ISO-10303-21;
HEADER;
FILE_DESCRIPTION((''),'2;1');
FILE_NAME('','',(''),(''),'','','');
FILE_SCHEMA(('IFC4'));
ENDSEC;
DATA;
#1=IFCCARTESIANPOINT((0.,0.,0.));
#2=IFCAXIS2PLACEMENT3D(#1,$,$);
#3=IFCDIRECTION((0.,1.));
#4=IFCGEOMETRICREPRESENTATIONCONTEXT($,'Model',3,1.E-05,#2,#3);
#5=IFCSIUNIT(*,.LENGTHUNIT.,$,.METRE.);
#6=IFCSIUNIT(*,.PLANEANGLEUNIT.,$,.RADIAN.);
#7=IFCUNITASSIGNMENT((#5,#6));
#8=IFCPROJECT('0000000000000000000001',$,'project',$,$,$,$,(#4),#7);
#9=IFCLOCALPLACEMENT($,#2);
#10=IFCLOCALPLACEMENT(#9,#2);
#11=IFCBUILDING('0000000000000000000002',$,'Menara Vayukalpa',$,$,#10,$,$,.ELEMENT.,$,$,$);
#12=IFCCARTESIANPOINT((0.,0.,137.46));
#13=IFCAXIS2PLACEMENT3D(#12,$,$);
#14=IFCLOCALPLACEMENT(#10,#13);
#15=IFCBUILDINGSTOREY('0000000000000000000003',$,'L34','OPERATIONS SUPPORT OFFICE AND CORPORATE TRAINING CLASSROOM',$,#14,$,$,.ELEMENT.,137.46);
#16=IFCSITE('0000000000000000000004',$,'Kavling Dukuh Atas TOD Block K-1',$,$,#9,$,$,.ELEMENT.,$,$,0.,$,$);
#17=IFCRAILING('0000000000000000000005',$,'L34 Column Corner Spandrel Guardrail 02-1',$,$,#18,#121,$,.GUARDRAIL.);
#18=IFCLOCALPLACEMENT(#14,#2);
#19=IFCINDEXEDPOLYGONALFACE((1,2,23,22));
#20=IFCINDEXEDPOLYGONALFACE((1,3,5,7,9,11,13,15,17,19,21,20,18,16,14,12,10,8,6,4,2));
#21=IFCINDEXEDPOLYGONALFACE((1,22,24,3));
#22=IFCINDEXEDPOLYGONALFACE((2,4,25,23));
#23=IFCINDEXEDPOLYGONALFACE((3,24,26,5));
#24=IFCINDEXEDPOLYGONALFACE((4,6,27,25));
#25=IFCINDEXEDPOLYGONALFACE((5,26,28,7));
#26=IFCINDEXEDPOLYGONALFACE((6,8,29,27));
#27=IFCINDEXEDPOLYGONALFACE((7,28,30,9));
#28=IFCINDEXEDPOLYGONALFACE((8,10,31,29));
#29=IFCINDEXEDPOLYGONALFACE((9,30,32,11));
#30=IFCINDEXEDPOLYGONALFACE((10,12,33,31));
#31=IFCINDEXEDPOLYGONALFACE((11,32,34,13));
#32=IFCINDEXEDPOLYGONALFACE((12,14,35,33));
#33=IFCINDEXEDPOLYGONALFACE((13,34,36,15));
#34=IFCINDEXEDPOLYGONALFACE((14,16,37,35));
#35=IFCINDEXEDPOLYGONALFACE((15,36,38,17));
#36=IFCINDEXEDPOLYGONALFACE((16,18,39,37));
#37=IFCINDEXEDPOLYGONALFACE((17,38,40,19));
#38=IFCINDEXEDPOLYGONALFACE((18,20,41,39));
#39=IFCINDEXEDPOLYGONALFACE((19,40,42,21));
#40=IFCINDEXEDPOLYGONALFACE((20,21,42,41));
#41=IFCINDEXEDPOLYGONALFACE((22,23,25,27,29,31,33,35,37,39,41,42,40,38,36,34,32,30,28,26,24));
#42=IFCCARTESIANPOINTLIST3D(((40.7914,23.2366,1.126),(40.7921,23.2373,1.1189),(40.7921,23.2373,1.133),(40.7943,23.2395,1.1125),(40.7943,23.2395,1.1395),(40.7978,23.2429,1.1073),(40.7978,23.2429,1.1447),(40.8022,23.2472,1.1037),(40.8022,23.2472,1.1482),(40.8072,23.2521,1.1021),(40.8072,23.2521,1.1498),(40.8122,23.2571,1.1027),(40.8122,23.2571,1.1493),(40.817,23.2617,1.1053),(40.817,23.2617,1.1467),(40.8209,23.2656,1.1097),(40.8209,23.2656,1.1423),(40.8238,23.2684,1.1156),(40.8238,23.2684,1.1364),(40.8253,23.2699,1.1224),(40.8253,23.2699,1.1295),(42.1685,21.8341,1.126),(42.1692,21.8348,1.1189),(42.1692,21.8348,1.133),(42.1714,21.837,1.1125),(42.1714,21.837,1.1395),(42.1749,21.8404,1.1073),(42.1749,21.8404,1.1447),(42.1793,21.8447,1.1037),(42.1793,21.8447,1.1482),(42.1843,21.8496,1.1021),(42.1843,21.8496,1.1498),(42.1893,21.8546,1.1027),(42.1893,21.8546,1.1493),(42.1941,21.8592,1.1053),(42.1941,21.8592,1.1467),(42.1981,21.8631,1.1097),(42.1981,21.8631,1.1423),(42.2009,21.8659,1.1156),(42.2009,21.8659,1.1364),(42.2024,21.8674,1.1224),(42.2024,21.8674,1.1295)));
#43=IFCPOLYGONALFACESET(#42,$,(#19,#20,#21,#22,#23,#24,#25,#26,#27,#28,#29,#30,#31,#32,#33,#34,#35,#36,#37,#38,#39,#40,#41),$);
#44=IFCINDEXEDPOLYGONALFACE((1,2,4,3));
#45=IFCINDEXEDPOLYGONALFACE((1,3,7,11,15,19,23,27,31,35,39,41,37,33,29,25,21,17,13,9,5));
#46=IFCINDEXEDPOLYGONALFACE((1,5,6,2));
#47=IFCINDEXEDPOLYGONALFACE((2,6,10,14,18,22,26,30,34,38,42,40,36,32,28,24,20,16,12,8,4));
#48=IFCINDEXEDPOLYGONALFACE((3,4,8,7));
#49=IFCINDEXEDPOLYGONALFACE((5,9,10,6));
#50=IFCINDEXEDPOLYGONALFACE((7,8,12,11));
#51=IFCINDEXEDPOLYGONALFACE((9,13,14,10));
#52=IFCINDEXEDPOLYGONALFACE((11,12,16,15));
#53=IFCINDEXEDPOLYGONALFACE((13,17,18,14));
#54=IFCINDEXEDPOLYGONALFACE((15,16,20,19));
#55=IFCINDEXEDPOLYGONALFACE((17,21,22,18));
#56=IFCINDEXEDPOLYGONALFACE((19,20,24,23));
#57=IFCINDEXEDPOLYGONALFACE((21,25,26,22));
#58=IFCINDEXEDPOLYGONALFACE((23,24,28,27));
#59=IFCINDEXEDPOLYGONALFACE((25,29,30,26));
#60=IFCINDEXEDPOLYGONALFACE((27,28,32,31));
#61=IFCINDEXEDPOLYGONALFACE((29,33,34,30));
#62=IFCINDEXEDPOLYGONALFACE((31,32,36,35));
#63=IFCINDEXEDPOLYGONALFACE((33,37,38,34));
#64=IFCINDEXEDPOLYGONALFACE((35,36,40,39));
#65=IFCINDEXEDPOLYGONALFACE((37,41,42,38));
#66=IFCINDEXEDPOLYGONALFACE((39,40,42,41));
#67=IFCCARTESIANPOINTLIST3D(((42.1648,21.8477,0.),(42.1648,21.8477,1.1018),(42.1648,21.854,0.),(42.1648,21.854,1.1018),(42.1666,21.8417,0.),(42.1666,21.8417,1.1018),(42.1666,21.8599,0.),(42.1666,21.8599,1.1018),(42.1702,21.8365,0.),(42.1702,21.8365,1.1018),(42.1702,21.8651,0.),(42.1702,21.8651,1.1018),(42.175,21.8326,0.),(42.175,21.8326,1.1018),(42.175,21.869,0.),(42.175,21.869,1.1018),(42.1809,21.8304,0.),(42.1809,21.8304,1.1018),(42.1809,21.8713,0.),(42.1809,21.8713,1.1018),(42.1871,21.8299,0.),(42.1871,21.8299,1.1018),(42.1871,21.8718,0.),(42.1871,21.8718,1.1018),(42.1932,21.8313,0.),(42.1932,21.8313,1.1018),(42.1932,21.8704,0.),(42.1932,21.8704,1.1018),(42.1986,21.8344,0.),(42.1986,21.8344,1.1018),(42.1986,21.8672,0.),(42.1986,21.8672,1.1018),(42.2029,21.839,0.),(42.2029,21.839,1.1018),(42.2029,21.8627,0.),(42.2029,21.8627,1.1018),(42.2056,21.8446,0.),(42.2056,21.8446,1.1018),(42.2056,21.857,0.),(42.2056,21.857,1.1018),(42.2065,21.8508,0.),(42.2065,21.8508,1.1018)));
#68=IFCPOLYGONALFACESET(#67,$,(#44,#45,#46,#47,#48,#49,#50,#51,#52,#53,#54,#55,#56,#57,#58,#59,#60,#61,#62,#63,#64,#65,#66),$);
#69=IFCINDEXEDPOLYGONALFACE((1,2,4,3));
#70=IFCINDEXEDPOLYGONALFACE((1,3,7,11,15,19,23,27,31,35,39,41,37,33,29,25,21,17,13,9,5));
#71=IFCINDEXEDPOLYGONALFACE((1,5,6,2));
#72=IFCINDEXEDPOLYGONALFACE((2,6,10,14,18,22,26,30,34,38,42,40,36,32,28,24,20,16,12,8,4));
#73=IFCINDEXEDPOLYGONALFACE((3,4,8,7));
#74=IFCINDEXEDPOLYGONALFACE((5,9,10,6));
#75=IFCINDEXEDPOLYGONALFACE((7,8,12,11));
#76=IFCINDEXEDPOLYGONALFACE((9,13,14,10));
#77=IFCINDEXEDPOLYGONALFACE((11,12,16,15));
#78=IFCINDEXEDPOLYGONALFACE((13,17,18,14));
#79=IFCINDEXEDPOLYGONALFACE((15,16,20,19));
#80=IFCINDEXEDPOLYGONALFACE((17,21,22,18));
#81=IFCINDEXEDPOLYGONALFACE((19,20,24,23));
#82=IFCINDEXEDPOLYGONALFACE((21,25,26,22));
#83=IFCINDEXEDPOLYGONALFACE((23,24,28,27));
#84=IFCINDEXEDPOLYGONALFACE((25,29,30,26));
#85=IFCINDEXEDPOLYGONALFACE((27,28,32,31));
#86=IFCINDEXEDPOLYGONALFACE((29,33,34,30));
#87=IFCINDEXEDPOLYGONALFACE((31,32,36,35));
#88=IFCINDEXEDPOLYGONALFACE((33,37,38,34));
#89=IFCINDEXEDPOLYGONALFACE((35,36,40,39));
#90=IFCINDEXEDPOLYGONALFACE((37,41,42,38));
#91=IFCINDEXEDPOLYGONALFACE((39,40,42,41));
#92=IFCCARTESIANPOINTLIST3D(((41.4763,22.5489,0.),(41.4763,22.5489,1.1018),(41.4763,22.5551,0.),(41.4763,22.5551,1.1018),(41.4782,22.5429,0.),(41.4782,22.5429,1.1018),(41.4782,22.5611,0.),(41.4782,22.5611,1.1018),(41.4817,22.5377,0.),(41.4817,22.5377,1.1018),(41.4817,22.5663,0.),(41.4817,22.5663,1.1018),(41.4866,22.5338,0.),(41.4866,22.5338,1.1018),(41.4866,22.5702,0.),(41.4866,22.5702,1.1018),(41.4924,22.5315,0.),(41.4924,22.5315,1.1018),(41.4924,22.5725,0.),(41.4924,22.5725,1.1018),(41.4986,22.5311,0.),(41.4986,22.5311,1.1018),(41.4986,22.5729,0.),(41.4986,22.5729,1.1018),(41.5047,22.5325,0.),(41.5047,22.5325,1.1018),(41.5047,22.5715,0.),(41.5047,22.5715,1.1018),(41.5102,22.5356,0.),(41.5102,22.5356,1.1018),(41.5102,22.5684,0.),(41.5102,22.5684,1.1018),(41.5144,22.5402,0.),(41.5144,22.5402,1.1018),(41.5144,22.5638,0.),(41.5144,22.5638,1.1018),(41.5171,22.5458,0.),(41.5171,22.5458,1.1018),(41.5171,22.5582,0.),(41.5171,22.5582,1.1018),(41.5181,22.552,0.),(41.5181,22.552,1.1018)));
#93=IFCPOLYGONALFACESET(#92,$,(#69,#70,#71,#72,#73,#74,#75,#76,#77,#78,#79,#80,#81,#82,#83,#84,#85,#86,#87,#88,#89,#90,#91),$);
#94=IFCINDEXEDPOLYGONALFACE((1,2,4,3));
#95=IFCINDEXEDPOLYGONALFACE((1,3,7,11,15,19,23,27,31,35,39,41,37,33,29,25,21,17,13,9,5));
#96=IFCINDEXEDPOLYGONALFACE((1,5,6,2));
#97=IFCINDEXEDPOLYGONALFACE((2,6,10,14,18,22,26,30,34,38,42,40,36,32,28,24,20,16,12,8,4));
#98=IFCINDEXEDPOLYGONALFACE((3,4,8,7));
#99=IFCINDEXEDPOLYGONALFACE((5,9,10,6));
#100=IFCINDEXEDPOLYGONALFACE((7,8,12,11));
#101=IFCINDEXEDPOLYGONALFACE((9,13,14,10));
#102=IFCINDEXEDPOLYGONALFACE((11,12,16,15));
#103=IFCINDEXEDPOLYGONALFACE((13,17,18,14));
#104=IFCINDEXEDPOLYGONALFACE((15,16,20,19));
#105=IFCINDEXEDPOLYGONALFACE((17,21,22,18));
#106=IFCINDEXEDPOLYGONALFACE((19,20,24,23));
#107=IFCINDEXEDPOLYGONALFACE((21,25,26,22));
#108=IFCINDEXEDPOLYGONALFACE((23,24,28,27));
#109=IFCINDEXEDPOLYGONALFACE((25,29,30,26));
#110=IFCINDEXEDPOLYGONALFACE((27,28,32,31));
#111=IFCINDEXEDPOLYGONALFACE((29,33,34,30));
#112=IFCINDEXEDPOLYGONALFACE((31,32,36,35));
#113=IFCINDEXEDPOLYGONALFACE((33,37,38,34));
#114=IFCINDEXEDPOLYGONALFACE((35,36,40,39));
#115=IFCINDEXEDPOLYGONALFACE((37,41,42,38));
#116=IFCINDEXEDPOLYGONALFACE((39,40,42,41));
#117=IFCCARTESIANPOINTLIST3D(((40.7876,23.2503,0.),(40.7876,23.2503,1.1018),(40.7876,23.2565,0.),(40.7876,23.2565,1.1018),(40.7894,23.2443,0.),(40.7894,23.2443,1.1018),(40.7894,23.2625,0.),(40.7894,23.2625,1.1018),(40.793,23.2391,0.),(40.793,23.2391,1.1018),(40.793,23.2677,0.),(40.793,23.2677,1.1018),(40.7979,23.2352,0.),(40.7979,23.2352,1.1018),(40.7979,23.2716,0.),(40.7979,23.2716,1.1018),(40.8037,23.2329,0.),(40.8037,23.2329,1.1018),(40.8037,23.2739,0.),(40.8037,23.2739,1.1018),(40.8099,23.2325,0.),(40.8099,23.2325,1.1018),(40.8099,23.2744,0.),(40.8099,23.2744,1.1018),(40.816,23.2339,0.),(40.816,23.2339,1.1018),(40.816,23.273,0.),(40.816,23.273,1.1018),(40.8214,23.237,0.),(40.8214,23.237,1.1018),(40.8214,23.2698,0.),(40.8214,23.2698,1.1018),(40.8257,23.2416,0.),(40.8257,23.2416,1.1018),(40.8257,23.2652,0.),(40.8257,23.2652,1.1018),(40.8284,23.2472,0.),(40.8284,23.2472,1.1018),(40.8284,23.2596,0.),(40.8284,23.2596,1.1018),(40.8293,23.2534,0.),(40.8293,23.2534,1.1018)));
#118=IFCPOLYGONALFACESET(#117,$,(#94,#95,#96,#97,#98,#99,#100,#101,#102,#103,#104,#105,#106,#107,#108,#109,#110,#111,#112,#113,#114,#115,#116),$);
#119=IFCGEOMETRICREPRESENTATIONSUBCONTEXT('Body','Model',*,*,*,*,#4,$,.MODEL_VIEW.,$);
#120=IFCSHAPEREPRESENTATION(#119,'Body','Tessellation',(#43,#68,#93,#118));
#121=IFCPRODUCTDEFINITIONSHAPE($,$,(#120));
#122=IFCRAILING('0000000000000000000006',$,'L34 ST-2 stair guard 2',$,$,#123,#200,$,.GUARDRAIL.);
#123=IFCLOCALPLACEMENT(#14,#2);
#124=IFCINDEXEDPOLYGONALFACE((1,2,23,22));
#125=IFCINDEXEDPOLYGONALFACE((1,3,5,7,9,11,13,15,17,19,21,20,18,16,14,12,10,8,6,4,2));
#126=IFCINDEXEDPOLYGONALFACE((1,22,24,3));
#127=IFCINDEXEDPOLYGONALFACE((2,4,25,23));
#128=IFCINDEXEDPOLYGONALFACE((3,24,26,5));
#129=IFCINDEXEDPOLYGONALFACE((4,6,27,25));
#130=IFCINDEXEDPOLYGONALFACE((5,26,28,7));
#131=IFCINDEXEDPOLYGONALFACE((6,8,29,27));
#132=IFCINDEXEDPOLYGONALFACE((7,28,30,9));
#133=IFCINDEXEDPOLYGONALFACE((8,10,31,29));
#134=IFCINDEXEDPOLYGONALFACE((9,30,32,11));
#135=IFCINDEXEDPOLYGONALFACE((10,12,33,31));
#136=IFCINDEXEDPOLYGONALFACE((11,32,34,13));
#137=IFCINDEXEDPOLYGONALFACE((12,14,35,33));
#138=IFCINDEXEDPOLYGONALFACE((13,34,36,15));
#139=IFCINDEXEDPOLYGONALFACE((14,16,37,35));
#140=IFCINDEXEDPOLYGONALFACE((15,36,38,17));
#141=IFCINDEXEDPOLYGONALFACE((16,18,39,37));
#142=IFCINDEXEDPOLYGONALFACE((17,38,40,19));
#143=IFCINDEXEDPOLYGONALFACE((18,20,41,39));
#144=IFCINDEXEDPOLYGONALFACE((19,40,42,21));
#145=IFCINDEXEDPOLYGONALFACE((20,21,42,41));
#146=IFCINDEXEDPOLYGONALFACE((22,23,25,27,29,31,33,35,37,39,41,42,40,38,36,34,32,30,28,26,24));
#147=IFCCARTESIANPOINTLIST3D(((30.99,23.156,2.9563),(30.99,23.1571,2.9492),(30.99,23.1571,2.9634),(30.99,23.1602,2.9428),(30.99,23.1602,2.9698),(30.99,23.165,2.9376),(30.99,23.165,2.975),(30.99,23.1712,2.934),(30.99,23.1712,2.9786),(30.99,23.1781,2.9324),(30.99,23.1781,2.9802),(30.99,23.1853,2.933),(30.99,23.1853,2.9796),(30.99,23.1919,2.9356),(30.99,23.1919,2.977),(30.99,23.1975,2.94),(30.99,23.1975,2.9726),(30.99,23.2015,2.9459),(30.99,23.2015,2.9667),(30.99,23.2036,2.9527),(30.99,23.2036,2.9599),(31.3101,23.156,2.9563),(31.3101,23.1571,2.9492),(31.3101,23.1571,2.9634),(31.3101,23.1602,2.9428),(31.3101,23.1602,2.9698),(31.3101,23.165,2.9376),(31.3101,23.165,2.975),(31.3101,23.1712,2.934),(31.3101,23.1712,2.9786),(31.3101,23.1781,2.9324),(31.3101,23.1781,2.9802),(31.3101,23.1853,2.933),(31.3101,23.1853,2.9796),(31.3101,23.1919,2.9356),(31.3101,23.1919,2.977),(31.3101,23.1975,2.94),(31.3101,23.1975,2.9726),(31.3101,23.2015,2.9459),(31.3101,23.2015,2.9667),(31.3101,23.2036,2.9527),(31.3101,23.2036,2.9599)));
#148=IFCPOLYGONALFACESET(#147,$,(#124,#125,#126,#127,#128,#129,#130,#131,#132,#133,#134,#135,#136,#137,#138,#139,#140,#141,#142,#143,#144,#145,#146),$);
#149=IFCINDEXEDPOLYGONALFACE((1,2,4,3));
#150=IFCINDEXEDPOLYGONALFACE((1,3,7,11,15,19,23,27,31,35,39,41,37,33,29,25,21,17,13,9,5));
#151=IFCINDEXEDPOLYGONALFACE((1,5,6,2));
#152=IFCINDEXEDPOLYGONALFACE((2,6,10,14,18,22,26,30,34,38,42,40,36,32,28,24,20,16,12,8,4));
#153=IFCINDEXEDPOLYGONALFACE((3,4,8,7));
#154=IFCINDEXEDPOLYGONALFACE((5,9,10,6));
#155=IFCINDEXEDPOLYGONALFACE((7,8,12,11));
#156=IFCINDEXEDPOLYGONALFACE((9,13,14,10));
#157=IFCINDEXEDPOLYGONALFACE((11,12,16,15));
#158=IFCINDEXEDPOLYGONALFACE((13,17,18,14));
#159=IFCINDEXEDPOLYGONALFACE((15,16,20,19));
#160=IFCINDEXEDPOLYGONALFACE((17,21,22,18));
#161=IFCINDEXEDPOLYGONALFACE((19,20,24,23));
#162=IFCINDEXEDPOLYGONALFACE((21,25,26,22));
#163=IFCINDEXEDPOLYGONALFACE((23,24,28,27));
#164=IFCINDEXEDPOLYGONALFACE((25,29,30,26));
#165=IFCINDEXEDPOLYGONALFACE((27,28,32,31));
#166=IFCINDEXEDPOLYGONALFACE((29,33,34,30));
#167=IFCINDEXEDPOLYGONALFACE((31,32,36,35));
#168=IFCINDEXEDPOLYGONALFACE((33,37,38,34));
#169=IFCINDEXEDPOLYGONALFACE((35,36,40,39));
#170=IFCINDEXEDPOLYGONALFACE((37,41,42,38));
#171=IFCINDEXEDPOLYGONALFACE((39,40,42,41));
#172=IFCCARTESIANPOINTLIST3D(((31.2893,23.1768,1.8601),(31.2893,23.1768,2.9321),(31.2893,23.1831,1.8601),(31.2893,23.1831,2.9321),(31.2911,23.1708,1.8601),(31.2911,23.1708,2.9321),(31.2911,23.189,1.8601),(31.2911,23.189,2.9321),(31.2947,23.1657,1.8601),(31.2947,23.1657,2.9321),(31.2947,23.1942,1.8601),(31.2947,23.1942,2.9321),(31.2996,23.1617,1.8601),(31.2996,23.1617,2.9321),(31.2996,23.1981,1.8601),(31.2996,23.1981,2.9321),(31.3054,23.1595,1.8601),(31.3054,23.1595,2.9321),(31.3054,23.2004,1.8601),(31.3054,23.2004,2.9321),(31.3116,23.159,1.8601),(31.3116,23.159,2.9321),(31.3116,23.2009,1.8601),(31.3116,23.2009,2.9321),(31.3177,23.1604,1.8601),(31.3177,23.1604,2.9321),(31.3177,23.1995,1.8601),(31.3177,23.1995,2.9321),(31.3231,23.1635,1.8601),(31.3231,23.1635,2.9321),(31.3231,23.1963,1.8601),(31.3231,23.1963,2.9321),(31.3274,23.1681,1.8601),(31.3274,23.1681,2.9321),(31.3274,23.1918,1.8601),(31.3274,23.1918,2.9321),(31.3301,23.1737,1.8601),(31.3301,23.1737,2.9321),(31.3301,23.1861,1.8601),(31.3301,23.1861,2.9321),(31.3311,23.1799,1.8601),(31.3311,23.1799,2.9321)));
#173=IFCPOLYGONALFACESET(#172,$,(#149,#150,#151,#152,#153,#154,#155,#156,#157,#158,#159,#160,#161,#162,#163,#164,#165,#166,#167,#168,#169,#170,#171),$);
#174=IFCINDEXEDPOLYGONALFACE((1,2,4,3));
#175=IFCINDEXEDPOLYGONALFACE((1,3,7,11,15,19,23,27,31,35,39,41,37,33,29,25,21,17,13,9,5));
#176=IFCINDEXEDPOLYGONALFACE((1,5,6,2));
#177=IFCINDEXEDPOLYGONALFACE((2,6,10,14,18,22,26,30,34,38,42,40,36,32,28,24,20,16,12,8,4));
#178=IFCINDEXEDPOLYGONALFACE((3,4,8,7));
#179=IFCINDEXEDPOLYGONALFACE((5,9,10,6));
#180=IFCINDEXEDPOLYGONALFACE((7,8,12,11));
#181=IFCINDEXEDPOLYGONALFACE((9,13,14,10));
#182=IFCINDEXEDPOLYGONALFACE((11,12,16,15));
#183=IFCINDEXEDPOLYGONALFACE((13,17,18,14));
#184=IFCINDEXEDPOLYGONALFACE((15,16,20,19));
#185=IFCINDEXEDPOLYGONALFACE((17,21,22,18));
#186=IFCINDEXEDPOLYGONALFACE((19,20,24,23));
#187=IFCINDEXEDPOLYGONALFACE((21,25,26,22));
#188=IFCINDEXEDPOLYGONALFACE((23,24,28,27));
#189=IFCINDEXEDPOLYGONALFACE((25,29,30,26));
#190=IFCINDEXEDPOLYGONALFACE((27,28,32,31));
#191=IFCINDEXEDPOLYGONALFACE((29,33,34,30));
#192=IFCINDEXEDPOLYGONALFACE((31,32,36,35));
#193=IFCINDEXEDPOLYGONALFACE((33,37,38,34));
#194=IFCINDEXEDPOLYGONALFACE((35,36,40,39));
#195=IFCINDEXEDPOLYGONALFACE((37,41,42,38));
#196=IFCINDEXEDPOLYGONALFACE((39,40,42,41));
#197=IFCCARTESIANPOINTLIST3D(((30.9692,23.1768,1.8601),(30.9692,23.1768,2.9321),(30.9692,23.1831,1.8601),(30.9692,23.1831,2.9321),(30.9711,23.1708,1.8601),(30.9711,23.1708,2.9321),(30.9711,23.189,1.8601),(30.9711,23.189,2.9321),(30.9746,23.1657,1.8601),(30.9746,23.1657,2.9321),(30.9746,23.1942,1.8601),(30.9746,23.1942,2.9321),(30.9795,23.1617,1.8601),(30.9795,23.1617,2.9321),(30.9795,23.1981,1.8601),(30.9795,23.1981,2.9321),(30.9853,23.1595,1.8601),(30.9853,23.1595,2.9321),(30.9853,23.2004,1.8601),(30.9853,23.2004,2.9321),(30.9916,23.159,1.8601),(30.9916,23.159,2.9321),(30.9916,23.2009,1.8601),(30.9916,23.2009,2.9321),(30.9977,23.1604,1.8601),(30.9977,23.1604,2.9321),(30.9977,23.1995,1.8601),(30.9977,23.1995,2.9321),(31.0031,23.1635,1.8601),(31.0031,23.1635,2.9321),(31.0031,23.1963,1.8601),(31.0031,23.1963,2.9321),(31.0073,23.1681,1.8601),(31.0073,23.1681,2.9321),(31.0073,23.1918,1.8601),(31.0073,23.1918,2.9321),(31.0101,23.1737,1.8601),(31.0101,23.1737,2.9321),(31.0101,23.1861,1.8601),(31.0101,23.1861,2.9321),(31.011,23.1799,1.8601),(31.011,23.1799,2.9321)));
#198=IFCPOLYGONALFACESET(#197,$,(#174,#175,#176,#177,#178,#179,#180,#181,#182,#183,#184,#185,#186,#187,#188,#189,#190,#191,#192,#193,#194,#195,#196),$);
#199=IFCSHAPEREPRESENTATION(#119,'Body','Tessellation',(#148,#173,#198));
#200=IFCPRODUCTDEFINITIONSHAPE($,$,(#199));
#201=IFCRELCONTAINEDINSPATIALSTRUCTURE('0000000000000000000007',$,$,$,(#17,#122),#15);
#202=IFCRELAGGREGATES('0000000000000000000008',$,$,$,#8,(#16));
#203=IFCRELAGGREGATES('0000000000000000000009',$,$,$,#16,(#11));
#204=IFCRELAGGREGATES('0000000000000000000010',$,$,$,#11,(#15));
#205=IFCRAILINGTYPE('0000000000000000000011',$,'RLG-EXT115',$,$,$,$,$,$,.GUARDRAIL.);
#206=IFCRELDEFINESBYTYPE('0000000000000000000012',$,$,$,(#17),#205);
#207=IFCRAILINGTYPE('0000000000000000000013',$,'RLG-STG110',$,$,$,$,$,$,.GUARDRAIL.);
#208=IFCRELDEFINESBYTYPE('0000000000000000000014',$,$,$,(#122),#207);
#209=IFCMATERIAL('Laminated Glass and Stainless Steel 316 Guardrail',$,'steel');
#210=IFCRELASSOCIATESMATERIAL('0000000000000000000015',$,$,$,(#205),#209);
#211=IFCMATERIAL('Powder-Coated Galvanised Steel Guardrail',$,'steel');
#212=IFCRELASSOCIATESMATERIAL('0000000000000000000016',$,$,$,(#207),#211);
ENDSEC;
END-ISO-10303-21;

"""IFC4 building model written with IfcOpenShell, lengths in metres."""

from ifc_helpers import new_model, si_unit, direction, frame, origin, origin_2d, place, context, subcontext, project, spatial, circle, extrude, material, type_object, element, save


model = new_model("IFC4")

# Units and contexts
model_context = context("Model", 3, precision=1e-05, world=origin(), true_north=direction((0.0, 1.0)))
body_context = subcontext(model_context, "Body", "Model", "MODEL_VIEW")
ifc_project = project(units=[si_unit("LENGTHUNIT", "METRE"), si_unit("PLANEANGLEUNIT", "RADIAN")], contexts=[model_context])

# Site, building, storey
site_placement = place(None, origin())
site = spatial("IfcSite", under=ifc_project, at=site_placement, Name="Kavling Dukuh Atas TOD Block K-1", CompositionType="ELEMENT", RefElevation=0.0)
building_placement = place(site_placement, origin())
building = spatial("IfcBuilding", under=site, at=building_placement, Name="Menara Vayukalpa", CompositionType="ELEMENT")
storey_placement = place(building_placement, frame((0.0, 0.0, 137.46)))
storey = spatial("IfcBuildingStorey", under=building, at=storey_placement, Name="L34", Description="OPERATIONS SUPPORT OFFICE AND CORPORATE TRAINING CLASSROOM", CompositionType="ELEMENT", Elevation=137.46)

# Railings
ifc_material_1 = material(Name="Laminated Glass and Stainless Steel 316 Guardrail", Category="steel")
railing_type_1 = type_object("IfcRailingType", Name="RLG-EXT115", PredefinedType="GUARDRAIL", material=ifc_material_1)
railing_1_placement = place(storey_placement, frame((42.1855, 21.8508, 0.0)))
element("IfcRailing", 1, at=railing_1_placement, inside=storey, type_object=railing_type_1, Name="L34 Column Corner Spandrel Guardrail 02-1", PredefinedType="GUARDRAIL", context=body_context, shape_type="SweptSolid", body=[
    extrude(circle(Radius=0.0239, at=origin_2d()), frame((0.0, 0.0, 1.126), z_axis=(-0.700619, 0.713536, 0.0), x_axis=(-0.713536, -0.700619, 0.0)), (0.0, 0.0, 1.0), 1.9656),
    extrude(circle(Radius=0.021, at=origin_2d()), origin(), (0.0, 0.0, 1.0), 1.1018),
    extrude(circle(Radius=0.021, at=origin_2d()), frame((-0.6885, 0.7012, 0.0)), (0.0, 0.0, 1.0), 1.1018),
    extrude(circle(Radius=0.021, at=origin_2d()), frame((-1.3772, 1.4026, 0.0)), (0.0, 0.0, 1.0), 1.1018),
])
ifc_material_2 = material(Name="Powder-Coated Galvanised Steel Guardrail", Category="steel")
railing_type_2 = type_object("IfcRailingType", Name="RLG-STG110", PredefinedType="GUARDRAIL", material=ifc_material_2)
railing_2_placement = place(storey_placement, frame((31.3101, 23.1799, 1.8601)))
element("IfcRailing", 2, at=railing_2_placement, inside=storey, type_object=railing_type_2, Name="L34 ST-2 stair guard 2", PredefinedType="GUARDRAIL", context=body_context, shape_type="SweptSolid", body=[
    extrude(circle(Radius=0.0239, at=origin_2d()), frame((0.0, 0.0, 1.0962), z_axis=(-1.0, 0.0, 0.0), x_axis=(0.0, -1.0, 0.0)), (0.0, 0.0, 1.0), 0.3201),
    extrude(circle(Radius=0.021, at=origin_2d()), origin(), (0.0, 0.0, 1.0), 1.072),
    extrude(circle(Radius=0.021, at=origin_2d()), frame((-0.3201, 0.0, 0.0)), (0.0, 0.0, 1.0), 1.072),
])

save(model, "model.ifc")
